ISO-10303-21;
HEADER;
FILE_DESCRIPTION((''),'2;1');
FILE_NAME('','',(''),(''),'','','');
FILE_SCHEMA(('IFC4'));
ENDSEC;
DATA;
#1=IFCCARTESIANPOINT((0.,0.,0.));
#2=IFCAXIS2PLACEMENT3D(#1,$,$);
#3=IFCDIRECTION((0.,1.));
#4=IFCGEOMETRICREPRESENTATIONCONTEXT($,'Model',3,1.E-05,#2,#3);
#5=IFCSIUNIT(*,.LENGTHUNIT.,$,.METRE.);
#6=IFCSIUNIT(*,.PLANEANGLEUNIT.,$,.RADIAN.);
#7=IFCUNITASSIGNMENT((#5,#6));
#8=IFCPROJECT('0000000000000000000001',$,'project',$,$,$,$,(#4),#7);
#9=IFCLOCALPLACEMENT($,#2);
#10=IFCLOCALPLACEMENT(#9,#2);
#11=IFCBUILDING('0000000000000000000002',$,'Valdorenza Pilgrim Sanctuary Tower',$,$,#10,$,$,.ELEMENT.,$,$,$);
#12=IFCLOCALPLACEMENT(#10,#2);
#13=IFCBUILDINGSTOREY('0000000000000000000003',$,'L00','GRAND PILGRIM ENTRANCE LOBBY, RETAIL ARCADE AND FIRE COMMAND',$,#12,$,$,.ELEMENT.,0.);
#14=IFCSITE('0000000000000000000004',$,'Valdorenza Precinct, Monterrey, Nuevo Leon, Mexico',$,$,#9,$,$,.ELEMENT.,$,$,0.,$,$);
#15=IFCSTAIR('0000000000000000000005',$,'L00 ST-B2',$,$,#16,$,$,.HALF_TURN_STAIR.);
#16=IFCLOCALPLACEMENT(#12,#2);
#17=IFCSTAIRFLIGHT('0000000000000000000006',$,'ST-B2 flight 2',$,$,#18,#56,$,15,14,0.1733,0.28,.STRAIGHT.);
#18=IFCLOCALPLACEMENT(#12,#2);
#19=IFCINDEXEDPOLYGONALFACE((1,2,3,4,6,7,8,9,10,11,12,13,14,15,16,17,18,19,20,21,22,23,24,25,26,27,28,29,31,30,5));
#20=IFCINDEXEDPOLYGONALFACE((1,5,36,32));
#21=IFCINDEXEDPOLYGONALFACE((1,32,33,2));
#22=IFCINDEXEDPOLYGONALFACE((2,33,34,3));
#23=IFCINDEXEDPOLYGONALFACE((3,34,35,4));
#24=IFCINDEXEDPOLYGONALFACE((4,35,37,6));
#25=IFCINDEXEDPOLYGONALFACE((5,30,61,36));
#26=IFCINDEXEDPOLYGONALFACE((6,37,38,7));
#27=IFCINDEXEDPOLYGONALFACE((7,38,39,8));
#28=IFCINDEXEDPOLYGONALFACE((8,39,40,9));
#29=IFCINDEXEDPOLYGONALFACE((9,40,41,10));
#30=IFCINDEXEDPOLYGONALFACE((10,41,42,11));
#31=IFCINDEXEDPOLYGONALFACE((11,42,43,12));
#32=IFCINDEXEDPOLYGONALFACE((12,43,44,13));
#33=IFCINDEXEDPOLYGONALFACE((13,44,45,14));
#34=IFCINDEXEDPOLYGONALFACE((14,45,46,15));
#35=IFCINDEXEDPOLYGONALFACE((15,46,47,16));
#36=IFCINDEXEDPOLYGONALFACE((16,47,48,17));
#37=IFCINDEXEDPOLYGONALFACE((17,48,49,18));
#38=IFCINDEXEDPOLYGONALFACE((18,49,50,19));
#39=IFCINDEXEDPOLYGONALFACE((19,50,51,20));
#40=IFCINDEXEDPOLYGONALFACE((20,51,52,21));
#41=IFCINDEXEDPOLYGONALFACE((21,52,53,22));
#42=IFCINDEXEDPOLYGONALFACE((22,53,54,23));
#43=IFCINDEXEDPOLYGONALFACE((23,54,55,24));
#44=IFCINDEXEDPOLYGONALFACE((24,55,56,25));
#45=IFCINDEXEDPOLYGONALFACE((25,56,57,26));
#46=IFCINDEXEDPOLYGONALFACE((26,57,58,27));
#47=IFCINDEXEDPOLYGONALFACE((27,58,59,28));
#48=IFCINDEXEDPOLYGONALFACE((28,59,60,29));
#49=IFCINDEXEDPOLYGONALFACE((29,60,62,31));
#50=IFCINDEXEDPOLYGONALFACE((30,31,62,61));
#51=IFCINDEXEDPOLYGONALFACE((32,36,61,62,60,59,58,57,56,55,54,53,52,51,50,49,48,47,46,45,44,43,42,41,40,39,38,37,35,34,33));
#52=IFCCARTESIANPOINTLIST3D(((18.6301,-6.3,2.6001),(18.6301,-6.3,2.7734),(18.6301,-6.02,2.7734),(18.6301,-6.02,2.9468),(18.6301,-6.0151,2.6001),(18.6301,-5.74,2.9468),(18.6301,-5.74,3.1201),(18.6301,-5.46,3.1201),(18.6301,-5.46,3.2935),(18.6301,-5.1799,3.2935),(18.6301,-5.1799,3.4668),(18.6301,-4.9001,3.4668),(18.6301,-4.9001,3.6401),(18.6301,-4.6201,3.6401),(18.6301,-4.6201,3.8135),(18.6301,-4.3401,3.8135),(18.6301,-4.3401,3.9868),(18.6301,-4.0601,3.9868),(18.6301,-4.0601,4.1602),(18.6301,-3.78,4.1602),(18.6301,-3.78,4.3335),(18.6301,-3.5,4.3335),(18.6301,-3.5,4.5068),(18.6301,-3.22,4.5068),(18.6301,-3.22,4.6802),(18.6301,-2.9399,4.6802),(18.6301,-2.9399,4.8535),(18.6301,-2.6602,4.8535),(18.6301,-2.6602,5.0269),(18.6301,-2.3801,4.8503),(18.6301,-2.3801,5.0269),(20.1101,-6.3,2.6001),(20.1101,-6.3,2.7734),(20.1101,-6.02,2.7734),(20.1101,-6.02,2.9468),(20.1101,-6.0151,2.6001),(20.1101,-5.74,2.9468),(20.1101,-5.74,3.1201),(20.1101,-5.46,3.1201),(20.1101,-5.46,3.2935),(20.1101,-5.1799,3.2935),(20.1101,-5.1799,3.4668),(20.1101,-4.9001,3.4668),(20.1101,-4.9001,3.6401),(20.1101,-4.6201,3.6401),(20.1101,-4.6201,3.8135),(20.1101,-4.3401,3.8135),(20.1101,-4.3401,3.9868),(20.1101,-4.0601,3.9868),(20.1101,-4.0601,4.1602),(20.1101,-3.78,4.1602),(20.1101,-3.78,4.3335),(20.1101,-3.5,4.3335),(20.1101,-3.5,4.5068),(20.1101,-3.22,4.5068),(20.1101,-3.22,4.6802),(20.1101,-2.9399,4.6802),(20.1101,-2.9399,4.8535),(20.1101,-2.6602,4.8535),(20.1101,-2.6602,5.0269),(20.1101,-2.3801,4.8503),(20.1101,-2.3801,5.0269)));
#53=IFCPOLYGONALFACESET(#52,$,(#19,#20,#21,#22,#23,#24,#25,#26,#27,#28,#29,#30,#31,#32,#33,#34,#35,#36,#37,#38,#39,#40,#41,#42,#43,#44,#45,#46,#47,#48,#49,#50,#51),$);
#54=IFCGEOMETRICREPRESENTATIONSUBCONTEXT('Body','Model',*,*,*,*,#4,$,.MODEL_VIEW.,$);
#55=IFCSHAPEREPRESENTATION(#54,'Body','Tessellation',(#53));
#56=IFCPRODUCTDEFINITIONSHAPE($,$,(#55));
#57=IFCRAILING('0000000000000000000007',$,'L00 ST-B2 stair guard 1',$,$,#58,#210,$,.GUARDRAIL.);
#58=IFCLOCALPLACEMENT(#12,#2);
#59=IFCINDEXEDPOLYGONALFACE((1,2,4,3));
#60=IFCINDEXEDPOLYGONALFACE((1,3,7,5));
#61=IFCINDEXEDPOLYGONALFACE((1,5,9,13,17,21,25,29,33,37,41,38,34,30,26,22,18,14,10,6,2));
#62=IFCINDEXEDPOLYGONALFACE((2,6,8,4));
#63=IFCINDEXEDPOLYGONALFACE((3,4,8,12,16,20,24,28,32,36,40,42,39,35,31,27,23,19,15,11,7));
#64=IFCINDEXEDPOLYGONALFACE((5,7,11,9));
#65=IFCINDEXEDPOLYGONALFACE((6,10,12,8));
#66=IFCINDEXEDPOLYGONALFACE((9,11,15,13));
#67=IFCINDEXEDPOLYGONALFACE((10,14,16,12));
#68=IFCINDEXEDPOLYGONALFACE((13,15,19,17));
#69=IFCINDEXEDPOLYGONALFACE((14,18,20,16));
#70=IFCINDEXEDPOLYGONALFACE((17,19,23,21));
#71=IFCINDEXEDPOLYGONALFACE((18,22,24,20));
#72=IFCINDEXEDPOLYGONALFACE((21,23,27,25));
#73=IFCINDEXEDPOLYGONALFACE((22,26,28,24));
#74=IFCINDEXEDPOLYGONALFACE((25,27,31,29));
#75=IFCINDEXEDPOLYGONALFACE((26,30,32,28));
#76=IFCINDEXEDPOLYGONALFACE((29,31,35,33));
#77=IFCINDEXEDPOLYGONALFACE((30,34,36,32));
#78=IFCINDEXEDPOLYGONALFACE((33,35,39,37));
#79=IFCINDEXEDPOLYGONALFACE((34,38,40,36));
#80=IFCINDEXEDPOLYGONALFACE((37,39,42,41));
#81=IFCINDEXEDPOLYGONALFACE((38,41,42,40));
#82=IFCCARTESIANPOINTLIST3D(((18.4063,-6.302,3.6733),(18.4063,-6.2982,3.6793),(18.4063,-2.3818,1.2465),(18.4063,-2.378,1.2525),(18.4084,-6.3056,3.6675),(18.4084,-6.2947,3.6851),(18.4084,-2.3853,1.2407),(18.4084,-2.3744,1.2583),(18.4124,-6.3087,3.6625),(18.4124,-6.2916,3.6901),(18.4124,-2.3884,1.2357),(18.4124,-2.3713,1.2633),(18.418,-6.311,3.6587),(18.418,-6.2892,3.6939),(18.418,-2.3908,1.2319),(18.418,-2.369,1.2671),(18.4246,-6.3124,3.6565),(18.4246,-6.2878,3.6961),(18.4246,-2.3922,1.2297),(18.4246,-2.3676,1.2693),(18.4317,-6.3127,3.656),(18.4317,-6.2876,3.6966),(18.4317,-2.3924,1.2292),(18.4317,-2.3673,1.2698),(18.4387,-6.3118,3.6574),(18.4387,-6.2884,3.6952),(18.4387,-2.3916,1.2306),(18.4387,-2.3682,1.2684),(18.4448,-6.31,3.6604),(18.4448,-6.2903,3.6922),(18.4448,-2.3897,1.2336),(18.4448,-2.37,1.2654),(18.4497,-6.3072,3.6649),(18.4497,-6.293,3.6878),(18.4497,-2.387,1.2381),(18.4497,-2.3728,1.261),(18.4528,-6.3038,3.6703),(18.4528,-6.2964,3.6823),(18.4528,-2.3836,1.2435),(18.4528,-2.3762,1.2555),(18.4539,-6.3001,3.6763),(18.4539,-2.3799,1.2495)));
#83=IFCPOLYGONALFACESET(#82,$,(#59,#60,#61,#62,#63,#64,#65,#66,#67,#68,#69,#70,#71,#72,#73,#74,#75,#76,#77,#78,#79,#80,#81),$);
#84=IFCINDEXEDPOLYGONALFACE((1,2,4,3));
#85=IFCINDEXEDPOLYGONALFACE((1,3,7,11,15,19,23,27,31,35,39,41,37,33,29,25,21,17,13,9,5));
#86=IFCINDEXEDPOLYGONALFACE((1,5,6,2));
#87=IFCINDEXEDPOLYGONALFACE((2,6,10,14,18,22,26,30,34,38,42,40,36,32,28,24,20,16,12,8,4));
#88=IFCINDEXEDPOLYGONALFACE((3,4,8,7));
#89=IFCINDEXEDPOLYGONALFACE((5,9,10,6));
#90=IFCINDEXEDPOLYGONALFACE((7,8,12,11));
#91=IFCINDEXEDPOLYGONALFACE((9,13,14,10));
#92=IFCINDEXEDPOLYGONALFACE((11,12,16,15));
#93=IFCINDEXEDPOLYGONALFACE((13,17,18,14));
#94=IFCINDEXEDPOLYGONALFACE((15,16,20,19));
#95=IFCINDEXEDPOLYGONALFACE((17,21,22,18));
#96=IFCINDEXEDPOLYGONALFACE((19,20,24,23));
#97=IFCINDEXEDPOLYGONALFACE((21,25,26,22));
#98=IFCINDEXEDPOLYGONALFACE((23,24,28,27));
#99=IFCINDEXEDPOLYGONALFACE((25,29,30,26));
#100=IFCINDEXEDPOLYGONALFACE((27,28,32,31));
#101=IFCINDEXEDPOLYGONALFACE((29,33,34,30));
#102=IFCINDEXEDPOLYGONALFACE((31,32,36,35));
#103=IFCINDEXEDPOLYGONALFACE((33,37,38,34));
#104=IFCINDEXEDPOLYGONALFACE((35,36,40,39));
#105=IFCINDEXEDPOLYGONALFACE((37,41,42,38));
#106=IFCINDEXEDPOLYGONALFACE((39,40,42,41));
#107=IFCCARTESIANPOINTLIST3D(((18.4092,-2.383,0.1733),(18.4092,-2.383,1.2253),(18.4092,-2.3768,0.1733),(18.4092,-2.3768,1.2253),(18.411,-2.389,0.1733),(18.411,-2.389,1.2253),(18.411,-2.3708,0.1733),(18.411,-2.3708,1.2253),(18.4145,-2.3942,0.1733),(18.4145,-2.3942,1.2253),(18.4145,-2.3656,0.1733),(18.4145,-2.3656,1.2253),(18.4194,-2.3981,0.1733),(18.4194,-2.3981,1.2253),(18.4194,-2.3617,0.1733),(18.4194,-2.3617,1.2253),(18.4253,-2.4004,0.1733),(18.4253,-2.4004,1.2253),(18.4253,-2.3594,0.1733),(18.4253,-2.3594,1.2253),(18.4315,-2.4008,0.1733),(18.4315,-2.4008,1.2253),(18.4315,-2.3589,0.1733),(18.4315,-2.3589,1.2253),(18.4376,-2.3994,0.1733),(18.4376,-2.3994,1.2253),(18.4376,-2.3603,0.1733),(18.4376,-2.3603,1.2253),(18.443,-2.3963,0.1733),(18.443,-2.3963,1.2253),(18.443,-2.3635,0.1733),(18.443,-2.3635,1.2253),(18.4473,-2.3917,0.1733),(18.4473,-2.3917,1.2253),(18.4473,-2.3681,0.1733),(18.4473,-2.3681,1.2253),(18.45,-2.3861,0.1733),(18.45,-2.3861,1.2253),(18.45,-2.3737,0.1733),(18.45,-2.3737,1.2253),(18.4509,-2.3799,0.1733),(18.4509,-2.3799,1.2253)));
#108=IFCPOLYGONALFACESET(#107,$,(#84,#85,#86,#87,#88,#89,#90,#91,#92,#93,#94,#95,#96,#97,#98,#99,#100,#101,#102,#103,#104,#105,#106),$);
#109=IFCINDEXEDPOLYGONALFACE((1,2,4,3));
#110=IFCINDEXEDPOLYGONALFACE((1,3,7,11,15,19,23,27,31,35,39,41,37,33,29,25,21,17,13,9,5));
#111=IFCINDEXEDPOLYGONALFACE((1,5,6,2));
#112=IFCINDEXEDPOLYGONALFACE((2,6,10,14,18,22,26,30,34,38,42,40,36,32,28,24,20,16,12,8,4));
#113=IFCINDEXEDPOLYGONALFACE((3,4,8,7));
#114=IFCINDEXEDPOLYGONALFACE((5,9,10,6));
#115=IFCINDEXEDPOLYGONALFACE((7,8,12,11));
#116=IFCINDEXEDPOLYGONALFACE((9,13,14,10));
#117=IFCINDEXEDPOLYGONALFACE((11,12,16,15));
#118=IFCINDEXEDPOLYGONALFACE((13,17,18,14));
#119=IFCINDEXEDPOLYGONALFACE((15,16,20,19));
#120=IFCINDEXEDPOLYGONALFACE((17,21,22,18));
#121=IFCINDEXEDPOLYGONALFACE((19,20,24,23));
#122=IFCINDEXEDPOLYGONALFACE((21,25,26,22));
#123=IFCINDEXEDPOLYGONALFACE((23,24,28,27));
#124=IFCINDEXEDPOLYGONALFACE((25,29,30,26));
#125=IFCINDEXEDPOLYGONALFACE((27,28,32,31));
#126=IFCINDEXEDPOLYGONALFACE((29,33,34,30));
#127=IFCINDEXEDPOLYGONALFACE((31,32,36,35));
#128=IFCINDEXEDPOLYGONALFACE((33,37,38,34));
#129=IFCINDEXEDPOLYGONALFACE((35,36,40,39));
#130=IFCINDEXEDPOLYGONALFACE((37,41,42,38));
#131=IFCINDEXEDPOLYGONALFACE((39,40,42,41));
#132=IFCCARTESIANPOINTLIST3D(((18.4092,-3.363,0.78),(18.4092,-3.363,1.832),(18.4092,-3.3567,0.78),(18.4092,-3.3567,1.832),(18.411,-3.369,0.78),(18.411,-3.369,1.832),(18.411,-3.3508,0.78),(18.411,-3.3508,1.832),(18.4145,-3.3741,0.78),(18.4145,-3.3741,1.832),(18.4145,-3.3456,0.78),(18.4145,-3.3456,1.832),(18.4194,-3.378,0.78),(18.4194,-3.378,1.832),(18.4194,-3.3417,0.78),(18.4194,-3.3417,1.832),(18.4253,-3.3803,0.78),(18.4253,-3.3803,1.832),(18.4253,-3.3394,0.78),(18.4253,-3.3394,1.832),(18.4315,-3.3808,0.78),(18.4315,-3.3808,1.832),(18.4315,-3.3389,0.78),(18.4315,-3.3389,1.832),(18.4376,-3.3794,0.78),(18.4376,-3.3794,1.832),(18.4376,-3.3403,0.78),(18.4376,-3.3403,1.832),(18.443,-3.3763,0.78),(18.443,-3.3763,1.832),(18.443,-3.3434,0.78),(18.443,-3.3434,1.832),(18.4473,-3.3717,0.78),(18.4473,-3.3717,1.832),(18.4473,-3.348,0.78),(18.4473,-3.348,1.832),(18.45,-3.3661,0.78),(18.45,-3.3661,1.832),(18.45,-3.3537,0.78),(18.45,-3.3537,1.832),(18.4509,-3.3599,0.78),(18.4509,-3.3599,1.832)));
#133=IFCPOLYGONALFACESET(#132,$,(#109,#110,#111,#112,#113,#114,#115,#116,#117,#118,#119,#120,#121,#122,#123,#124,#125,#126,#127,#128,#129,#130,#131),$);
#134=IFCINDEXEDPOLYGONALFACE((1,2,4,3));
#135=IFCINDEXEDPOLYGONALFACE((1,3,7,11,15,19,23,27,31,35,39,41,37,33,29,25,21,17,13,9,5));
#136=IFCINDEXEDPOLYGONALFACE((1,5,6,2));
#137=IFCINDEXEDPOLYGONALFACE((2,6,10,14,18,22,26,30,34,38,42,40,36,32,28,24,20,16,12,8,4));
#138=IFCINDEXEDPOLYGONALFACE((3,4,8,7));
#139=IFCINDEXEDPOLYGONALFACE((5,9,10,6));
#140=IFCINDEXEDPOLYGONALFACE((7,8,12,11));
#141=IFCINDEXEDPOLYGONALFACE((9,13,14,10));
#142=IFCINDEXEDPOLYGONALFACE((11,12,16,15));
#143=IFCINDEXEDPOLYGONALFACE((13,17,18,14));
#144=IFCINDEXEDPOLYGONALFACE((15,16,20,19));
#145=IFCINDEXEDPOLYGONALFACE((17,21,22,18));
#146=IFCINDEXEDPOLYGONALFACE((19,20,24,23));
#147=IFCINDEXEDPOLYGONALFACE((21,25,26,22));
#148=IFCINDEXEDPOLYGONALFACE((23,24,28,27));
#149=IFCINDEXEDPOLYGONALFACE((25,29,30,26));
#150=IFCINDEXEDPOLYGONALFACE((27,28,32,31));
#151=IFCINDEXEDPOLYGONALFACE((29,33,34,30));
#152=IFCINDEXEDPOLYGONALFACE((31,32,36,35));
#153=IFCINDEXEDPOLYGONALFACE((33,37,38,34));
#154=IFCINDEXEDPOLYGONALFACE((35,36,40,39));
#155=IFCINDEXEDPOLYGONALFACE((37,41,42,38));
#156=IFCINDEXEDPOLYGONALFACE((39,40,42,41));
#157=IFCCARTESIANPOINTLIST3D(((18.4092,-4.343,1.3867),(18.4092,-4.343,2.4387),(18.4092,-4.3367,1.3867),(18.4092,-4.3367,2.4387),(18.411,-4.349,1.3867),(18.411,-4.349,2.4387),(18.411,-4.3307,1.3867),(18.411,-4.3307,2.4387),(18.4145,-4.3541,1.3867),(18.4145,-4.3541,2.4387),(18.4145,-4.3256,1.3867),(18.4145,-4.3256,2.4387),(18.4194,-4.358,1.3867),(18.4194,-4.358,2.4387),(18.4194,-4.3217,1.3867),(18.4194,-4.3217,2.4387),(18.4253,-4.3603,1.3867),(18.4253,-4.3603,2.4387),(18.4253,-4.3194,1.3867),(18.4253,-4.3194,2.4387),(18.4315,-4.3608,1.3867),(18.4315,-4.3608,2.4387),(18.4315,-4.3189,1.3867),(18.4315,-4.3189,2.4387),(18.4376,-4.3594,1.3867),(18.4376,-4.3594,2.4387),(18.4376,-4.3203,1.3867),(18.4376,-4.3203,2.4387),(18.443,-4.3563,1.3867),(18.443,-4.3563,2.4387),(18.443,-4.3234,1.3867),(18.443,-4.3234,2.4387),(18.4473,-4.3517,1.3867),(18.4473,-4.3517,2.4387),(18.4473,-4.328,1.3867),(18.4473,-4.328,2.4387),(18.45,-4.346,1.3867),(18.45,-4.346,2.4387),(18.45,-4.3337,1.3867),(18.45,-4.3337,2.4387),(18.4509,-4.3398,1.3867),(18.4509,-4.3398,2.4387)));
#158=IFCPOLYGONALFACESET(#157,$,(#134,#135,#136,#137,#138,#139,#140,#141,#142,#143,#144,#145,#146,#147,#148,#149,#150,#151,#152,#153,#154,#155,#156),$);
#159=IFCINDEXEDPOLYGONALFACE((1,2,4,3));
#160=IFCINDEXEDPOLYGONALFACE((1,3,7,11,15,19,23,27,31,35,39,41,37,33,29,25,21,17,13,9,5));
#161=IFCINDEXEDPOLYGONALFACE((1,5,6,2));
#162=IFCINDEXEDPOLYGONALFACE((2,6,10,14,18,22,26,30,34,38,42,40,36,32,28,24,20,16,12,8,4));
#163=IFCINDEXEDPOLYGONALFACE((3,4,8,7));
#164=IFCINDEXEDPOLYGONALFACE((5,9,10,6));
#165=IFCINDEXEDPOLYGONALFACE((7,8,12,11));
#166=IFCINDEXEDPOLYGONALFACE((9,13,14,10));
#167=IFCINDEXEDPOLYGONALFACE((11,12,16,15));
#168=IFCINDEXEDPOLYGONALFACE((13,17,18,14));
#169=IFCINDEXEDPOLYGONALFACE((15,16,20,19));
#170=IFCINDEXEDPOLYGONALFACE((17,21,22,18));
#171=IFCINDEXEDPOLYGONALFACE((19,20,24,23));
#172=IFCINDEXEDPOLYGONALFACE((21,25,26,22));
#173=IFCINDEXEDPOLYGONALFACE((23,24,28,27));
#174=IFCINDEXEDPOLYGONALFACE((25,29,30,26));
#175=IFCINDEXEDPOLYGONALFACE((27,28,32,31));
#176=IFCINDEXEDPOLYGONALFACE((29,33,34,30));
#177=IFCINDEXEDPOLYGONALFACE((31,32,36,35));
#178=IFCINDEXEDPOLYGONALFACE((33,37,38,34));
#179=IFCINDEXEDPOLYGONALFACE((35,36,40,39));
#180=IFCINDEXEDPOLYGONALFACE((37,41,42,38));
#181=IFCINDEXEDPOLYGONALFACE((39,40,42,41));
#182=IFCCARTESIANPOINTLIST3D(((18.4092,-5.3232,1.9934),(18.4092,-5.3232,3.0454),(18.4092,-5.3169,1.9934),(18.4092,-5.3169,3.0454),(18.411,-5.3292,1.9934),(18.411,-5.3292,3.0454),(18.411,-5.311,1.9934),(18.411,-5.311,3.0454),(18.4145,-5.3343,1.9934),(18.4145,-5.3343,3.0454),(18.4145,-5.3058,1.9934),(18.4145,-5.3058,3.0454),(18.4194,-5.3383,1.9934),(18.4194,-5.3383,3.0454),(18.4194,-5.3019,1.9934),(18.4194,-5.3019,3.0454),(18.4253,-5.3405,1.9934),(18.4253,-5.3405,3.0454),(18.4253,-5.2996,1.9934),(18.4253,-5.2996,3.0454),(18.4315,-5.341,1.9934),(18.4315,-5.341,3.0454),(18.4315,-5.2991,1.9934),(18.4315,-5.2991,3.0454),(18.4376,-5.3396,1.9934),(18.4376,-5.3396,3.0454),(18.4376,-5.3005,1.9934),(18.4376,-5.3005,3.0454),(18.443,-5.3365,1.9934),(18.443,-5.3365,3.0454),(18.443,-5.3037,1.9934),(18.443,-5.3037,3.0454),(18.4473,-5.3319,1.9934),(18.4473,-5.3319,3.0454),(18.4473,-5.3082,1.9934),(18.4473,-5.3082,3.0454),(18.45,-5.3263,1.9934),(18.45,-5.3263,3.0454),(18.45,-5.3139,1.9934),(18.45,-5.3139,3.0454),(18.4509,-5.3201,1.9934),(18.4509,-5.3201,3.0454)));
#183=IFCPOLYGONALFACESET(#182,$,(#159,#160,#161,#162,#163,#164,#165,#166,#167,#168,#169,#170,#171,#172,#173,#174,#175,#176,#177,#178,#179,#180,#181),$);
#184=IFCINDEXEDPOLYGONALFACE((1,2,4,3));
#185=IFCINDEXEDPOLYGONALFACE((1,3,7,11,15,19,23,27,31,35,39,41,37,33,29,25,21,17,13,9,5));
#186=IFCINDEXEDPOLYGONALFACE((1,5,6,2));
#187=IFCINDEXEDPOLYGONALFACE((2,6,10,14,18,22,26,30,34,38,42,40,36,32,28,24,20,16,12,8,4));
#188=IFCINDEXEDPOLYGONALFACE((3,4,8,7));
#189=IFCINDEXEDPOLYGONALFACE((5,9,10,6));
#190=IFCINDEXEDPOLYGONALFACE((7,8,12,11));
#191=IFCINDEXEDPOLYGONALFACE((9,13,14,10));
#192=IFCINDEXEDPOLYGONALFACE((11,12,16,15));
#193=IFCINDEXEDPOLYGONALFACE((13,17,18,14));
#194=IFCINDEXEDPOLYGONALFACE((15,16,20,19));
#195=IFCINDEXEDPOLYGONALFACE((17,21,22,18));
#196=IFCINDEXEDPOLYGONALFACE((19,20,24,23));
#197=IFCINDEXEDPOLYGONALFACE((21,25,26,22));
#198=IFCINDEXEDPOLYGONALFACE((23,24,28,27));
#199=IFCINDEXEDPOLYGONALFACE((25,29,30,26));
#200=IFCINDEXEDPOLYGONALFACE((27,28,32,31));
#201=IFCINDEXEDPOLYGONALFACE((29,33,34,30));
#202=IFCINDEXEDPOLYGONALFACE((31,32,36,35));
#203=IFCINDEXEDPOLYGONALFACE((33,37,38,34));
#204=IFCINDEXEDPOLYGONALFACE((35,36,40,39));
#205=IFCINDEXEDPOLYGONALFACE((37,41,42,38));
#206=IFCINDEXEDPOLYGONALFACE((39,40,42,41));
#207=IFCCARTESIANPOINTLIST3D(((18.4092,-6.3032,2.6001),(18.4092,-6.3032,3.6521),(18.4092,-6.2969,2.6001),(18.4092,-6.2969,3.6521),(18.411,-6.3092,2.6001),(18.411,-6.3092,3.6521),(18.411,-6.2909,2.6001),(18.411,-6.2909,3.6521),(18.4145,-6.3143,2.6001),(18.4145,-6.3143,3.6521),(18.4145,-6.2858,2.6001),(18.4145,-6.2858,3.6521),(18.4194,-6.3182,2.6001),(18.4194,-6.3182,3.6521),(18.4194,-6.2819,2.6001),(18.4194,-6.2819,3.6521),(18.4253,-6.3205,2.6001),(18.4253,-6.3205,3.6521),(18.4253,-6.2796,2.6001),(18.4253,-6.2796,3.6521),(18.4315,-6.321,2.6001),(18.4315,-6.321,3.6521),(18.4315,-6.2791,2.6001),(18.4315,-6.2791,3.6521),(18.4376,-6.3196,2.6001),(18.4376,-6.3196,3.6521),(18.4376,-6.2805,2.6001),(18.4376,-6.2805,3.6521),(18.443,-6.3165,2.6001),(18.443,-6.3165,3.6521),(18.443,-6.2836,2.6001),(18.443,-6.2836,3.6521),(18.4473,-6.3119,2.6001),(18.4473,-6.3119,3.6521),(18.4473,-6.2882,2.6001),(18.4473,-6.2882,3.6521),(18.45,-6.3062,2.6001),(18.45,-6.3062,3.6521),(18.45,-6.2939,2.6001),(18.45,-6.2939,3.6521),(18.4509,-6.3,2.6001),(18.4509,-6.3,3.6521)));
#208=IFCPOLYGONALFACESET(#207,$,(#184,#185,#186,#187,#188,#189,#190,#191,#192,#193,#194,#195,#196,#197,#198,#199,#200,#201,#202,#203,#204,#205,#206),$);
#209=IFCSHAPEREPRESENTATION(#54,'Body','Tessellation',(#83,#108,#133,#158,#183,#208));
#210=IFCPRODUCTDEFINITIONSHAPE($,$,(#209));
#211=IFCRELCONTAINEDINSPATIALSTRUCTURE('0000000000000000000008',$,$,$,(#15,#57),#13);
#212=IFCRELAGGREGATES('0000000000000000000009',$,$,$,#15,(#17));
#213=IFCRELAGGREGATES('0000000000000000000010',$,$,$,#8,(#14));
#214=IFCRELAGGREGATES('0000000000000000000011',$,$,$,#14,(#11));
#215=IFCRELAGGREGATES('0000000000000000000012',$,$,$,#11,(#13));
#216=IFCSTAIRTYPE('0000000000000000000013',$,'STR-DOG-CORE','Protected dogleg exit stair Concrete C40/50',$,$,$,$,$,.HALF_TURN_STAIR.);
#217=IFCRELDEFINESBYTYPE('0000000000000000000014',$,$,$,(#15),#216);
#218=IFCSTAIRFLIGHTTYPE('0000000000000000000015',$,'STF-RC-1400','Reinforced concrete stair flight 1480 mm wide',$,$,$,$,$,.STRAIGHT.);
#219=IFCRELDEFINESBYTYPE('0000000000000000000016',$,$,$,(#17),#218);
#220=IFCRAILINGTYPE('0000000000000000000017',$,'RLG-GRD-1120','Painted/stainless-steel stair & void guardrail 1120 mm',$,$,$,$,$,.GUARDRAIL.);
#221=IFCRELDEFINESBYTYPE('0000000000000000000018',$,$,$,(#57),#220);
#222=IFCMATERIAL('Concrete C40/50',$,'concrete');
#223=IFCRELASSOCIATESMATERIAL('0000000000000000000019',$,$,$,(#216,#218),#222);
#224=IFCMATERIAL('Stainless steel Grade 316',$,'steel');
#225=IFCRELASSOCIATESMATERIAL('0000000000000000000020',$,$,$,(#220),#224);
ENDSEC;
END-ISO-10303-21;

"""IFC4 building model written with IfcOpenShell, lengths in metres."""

from ifc_helpers import new_model, si_unit, direction, frame, origin, origin_2d, place, context, subcontext, project, spatial, polyline, circle, outline, extrude, material, type_object, element, aggregate, save


model = new_model("IFC4")

# Units and contexts
model_context = context("Model", 3, precision=1e-05, world=origin(), true_north=direction((0.0, 1.0)))
body_context = subcontext(model_context, "Body", "Model", "MODEL_VIEW")
ifc_project = project(units=[si_unit("LENGTHUNIT", "METRE"), si_unit("PLANEANGLEUNIT", "RADIAN")], contexts=[model_context])

# Site, building, storey
site_placement = place(None, origin())
site = spatial("IfcSite", under=ifc_project, at=site_placement, Name="Valdorenza Precinct, Monterrey, Nuevo Leon, Mexico", CompositionType="ELEMENT", RefElevation=0.0)
building_placement = place(site_placement, origin())
building = spatial("IfcBuilding", under=site, at=building_placement, Name="Valdorenza Pilgrim Sanctuary Tower", CompositionType="ELEMENT")
storey_placement = place(building_placement, origin())
storey = spatial("IfcBuildingStorey", under=building, at=storey_placement, Name="L00", Description="GRAND PILGRIM ENTRANCE LOBBY, RETAIL ARCADE AND FIRE COMMAND", CompositionType="ELEMENT", Elevation=0.0)

# Shared definitions
ifc_material_1 = material(Name="Concrete C40/50", Category="concrete")

# Stair, stair flight
stair_type = type_object("IfcStairType", Name="STR-DOG-CORE", Description="Protected dogleg exit stair Concrete C40/50", PredefinedType="HALF_TURN_STAIR", material=ifc_material_1)
stair_placement = place(storey_placement, origin())
stair = element("IfcStair", 1, at=stair_placement, inside=storey, type_object=stair_type, Name="L00 ST-B2", PredefinedType="HALF_TURN_STAIR")
stair_flight_type = type_object("IfcStairFlightType", Name="STF-RC-1400", Description="Reinforced concrete stair flight 1480 mm wide", PredefinedType="STRAIGHT", material=ifc_material_1)
stair_flight_1_placement = place(storey_placement, frame((19.3701, -6.3, 2.6001), z_axis=(0.0, 0.0, 1.0), x_axis=(0.0, 1.0, 0.0)))
stair_flight_1 = element("IfcStairFlight", 2, at=stair_flight_1_placement, type_object=stair_flight_type, Name="ST-B2 flight 2", NumberOfRisers=15, NumberOfTreads=14, PredefinedType="STRAIGHT", RiserHeight=0.1733, TreadLength=0.28, context=body_context, shape_type="SweptSolid", body=[
    extrude(outline(polyline([(0.0, 0.0), (0.0, 0.1733), (0.28, 0.1733), (0.28, 0.3467), (0.5601, 0.3467), (0.5601, 0.52), (0.8401, 0.52), (0.8401, 0.6934), (1.1201, 0.6934), (1.1201, 0.8667), (1.3999, 0.8667), (1.3999, 1.04), (1.6799, 1.04), (1.6799, 1.2134), (1.96, 1.2134), (1.96, 1.3867), (2.24, 1.3867), (2.24, 1.5601), (2.52, 1.5601), (2.52, 1.7334), (2.8, 1.7334), (2.8, 1.9067), (3.0801, 1.9067), (3.0801, 2.0801), (3.3601, 2.0801), (3.3601, 2.2534), (3.6399, 2.2534), (3.6399, 2.4268), (3.9199, 2.4268), (3.9199, 2.6001), (3.9199, 2.2502), (0.2849, 0.0), (0.0, 0.0)])), frame((0.0, 0.74, 0.0), z_axis=(0.0, -1.0, 0.0), x_axis=(1.0, 0.0, 0.0)), (0.0, 0.0, 1.0), 1.48),
])
aggregate(stair, [stair_flight_1])

# Railing
ifc_material_2 = material(Name="Stainless steel Grade 316", Category="steel")
railing_type_1 = type_object("IfcRailingType", Name="RLG-GRD-1120", Description="Painted/stainless-steel stair & void guardrail 1120 mm", PredefinedType="GUARDRAIL", material=ifc_material_2)
railing_1_placement = place(storey_placement, frame((18.4299, -2.3799, 0.1733)))
element("IfcRailing", 3, at=railing_1_placement, inside=storey, type_object=railing_type_1, Name="L00 ST-B2 stair guard 1", PredefinedType="GUARDRAIL", context=body_context, shape_type="SweptSolid", body=[
    extrude(circle(Radius=0.0239, at=origin_2d()), frame((0.0, 0.0, 1.0762), z_axis=(0.0, -0.850266, 0.526353), x_axis=(1.0, 0.0, 0.0)), (0.0, 0.0, 1.0), 4.6106),
    extrude(circle(Radius=0.021, at=origin_2d()), origin(), (0.0, 0.0, 1.0), 1.052),
    extrude(circle(Radius=0.021, at=origin_2d()), frame((0.0, -0.98, 0.6067)), (0.0, 0.0, 1.0), 1.052),
    extrude(circle(Radius=0.021, at=origin_2d()), frame((0.0, -1.96, 1.2134)), (0.0, 0.0, 1.0), 1.052),
    extrude(circle(Radius=0.021, at=origin_2d()), frame((0.0, -2.9402, 1.8201)), (0.0, 0.0, 1.0), 1.052),
    extrude(circle(Radius=0.021, at=origin_2d()), frame((0.0, -3.9202, 2.4268)), (0.0, 0.0, 1.0), 1.052),
])

save(model, "model.ifc")
